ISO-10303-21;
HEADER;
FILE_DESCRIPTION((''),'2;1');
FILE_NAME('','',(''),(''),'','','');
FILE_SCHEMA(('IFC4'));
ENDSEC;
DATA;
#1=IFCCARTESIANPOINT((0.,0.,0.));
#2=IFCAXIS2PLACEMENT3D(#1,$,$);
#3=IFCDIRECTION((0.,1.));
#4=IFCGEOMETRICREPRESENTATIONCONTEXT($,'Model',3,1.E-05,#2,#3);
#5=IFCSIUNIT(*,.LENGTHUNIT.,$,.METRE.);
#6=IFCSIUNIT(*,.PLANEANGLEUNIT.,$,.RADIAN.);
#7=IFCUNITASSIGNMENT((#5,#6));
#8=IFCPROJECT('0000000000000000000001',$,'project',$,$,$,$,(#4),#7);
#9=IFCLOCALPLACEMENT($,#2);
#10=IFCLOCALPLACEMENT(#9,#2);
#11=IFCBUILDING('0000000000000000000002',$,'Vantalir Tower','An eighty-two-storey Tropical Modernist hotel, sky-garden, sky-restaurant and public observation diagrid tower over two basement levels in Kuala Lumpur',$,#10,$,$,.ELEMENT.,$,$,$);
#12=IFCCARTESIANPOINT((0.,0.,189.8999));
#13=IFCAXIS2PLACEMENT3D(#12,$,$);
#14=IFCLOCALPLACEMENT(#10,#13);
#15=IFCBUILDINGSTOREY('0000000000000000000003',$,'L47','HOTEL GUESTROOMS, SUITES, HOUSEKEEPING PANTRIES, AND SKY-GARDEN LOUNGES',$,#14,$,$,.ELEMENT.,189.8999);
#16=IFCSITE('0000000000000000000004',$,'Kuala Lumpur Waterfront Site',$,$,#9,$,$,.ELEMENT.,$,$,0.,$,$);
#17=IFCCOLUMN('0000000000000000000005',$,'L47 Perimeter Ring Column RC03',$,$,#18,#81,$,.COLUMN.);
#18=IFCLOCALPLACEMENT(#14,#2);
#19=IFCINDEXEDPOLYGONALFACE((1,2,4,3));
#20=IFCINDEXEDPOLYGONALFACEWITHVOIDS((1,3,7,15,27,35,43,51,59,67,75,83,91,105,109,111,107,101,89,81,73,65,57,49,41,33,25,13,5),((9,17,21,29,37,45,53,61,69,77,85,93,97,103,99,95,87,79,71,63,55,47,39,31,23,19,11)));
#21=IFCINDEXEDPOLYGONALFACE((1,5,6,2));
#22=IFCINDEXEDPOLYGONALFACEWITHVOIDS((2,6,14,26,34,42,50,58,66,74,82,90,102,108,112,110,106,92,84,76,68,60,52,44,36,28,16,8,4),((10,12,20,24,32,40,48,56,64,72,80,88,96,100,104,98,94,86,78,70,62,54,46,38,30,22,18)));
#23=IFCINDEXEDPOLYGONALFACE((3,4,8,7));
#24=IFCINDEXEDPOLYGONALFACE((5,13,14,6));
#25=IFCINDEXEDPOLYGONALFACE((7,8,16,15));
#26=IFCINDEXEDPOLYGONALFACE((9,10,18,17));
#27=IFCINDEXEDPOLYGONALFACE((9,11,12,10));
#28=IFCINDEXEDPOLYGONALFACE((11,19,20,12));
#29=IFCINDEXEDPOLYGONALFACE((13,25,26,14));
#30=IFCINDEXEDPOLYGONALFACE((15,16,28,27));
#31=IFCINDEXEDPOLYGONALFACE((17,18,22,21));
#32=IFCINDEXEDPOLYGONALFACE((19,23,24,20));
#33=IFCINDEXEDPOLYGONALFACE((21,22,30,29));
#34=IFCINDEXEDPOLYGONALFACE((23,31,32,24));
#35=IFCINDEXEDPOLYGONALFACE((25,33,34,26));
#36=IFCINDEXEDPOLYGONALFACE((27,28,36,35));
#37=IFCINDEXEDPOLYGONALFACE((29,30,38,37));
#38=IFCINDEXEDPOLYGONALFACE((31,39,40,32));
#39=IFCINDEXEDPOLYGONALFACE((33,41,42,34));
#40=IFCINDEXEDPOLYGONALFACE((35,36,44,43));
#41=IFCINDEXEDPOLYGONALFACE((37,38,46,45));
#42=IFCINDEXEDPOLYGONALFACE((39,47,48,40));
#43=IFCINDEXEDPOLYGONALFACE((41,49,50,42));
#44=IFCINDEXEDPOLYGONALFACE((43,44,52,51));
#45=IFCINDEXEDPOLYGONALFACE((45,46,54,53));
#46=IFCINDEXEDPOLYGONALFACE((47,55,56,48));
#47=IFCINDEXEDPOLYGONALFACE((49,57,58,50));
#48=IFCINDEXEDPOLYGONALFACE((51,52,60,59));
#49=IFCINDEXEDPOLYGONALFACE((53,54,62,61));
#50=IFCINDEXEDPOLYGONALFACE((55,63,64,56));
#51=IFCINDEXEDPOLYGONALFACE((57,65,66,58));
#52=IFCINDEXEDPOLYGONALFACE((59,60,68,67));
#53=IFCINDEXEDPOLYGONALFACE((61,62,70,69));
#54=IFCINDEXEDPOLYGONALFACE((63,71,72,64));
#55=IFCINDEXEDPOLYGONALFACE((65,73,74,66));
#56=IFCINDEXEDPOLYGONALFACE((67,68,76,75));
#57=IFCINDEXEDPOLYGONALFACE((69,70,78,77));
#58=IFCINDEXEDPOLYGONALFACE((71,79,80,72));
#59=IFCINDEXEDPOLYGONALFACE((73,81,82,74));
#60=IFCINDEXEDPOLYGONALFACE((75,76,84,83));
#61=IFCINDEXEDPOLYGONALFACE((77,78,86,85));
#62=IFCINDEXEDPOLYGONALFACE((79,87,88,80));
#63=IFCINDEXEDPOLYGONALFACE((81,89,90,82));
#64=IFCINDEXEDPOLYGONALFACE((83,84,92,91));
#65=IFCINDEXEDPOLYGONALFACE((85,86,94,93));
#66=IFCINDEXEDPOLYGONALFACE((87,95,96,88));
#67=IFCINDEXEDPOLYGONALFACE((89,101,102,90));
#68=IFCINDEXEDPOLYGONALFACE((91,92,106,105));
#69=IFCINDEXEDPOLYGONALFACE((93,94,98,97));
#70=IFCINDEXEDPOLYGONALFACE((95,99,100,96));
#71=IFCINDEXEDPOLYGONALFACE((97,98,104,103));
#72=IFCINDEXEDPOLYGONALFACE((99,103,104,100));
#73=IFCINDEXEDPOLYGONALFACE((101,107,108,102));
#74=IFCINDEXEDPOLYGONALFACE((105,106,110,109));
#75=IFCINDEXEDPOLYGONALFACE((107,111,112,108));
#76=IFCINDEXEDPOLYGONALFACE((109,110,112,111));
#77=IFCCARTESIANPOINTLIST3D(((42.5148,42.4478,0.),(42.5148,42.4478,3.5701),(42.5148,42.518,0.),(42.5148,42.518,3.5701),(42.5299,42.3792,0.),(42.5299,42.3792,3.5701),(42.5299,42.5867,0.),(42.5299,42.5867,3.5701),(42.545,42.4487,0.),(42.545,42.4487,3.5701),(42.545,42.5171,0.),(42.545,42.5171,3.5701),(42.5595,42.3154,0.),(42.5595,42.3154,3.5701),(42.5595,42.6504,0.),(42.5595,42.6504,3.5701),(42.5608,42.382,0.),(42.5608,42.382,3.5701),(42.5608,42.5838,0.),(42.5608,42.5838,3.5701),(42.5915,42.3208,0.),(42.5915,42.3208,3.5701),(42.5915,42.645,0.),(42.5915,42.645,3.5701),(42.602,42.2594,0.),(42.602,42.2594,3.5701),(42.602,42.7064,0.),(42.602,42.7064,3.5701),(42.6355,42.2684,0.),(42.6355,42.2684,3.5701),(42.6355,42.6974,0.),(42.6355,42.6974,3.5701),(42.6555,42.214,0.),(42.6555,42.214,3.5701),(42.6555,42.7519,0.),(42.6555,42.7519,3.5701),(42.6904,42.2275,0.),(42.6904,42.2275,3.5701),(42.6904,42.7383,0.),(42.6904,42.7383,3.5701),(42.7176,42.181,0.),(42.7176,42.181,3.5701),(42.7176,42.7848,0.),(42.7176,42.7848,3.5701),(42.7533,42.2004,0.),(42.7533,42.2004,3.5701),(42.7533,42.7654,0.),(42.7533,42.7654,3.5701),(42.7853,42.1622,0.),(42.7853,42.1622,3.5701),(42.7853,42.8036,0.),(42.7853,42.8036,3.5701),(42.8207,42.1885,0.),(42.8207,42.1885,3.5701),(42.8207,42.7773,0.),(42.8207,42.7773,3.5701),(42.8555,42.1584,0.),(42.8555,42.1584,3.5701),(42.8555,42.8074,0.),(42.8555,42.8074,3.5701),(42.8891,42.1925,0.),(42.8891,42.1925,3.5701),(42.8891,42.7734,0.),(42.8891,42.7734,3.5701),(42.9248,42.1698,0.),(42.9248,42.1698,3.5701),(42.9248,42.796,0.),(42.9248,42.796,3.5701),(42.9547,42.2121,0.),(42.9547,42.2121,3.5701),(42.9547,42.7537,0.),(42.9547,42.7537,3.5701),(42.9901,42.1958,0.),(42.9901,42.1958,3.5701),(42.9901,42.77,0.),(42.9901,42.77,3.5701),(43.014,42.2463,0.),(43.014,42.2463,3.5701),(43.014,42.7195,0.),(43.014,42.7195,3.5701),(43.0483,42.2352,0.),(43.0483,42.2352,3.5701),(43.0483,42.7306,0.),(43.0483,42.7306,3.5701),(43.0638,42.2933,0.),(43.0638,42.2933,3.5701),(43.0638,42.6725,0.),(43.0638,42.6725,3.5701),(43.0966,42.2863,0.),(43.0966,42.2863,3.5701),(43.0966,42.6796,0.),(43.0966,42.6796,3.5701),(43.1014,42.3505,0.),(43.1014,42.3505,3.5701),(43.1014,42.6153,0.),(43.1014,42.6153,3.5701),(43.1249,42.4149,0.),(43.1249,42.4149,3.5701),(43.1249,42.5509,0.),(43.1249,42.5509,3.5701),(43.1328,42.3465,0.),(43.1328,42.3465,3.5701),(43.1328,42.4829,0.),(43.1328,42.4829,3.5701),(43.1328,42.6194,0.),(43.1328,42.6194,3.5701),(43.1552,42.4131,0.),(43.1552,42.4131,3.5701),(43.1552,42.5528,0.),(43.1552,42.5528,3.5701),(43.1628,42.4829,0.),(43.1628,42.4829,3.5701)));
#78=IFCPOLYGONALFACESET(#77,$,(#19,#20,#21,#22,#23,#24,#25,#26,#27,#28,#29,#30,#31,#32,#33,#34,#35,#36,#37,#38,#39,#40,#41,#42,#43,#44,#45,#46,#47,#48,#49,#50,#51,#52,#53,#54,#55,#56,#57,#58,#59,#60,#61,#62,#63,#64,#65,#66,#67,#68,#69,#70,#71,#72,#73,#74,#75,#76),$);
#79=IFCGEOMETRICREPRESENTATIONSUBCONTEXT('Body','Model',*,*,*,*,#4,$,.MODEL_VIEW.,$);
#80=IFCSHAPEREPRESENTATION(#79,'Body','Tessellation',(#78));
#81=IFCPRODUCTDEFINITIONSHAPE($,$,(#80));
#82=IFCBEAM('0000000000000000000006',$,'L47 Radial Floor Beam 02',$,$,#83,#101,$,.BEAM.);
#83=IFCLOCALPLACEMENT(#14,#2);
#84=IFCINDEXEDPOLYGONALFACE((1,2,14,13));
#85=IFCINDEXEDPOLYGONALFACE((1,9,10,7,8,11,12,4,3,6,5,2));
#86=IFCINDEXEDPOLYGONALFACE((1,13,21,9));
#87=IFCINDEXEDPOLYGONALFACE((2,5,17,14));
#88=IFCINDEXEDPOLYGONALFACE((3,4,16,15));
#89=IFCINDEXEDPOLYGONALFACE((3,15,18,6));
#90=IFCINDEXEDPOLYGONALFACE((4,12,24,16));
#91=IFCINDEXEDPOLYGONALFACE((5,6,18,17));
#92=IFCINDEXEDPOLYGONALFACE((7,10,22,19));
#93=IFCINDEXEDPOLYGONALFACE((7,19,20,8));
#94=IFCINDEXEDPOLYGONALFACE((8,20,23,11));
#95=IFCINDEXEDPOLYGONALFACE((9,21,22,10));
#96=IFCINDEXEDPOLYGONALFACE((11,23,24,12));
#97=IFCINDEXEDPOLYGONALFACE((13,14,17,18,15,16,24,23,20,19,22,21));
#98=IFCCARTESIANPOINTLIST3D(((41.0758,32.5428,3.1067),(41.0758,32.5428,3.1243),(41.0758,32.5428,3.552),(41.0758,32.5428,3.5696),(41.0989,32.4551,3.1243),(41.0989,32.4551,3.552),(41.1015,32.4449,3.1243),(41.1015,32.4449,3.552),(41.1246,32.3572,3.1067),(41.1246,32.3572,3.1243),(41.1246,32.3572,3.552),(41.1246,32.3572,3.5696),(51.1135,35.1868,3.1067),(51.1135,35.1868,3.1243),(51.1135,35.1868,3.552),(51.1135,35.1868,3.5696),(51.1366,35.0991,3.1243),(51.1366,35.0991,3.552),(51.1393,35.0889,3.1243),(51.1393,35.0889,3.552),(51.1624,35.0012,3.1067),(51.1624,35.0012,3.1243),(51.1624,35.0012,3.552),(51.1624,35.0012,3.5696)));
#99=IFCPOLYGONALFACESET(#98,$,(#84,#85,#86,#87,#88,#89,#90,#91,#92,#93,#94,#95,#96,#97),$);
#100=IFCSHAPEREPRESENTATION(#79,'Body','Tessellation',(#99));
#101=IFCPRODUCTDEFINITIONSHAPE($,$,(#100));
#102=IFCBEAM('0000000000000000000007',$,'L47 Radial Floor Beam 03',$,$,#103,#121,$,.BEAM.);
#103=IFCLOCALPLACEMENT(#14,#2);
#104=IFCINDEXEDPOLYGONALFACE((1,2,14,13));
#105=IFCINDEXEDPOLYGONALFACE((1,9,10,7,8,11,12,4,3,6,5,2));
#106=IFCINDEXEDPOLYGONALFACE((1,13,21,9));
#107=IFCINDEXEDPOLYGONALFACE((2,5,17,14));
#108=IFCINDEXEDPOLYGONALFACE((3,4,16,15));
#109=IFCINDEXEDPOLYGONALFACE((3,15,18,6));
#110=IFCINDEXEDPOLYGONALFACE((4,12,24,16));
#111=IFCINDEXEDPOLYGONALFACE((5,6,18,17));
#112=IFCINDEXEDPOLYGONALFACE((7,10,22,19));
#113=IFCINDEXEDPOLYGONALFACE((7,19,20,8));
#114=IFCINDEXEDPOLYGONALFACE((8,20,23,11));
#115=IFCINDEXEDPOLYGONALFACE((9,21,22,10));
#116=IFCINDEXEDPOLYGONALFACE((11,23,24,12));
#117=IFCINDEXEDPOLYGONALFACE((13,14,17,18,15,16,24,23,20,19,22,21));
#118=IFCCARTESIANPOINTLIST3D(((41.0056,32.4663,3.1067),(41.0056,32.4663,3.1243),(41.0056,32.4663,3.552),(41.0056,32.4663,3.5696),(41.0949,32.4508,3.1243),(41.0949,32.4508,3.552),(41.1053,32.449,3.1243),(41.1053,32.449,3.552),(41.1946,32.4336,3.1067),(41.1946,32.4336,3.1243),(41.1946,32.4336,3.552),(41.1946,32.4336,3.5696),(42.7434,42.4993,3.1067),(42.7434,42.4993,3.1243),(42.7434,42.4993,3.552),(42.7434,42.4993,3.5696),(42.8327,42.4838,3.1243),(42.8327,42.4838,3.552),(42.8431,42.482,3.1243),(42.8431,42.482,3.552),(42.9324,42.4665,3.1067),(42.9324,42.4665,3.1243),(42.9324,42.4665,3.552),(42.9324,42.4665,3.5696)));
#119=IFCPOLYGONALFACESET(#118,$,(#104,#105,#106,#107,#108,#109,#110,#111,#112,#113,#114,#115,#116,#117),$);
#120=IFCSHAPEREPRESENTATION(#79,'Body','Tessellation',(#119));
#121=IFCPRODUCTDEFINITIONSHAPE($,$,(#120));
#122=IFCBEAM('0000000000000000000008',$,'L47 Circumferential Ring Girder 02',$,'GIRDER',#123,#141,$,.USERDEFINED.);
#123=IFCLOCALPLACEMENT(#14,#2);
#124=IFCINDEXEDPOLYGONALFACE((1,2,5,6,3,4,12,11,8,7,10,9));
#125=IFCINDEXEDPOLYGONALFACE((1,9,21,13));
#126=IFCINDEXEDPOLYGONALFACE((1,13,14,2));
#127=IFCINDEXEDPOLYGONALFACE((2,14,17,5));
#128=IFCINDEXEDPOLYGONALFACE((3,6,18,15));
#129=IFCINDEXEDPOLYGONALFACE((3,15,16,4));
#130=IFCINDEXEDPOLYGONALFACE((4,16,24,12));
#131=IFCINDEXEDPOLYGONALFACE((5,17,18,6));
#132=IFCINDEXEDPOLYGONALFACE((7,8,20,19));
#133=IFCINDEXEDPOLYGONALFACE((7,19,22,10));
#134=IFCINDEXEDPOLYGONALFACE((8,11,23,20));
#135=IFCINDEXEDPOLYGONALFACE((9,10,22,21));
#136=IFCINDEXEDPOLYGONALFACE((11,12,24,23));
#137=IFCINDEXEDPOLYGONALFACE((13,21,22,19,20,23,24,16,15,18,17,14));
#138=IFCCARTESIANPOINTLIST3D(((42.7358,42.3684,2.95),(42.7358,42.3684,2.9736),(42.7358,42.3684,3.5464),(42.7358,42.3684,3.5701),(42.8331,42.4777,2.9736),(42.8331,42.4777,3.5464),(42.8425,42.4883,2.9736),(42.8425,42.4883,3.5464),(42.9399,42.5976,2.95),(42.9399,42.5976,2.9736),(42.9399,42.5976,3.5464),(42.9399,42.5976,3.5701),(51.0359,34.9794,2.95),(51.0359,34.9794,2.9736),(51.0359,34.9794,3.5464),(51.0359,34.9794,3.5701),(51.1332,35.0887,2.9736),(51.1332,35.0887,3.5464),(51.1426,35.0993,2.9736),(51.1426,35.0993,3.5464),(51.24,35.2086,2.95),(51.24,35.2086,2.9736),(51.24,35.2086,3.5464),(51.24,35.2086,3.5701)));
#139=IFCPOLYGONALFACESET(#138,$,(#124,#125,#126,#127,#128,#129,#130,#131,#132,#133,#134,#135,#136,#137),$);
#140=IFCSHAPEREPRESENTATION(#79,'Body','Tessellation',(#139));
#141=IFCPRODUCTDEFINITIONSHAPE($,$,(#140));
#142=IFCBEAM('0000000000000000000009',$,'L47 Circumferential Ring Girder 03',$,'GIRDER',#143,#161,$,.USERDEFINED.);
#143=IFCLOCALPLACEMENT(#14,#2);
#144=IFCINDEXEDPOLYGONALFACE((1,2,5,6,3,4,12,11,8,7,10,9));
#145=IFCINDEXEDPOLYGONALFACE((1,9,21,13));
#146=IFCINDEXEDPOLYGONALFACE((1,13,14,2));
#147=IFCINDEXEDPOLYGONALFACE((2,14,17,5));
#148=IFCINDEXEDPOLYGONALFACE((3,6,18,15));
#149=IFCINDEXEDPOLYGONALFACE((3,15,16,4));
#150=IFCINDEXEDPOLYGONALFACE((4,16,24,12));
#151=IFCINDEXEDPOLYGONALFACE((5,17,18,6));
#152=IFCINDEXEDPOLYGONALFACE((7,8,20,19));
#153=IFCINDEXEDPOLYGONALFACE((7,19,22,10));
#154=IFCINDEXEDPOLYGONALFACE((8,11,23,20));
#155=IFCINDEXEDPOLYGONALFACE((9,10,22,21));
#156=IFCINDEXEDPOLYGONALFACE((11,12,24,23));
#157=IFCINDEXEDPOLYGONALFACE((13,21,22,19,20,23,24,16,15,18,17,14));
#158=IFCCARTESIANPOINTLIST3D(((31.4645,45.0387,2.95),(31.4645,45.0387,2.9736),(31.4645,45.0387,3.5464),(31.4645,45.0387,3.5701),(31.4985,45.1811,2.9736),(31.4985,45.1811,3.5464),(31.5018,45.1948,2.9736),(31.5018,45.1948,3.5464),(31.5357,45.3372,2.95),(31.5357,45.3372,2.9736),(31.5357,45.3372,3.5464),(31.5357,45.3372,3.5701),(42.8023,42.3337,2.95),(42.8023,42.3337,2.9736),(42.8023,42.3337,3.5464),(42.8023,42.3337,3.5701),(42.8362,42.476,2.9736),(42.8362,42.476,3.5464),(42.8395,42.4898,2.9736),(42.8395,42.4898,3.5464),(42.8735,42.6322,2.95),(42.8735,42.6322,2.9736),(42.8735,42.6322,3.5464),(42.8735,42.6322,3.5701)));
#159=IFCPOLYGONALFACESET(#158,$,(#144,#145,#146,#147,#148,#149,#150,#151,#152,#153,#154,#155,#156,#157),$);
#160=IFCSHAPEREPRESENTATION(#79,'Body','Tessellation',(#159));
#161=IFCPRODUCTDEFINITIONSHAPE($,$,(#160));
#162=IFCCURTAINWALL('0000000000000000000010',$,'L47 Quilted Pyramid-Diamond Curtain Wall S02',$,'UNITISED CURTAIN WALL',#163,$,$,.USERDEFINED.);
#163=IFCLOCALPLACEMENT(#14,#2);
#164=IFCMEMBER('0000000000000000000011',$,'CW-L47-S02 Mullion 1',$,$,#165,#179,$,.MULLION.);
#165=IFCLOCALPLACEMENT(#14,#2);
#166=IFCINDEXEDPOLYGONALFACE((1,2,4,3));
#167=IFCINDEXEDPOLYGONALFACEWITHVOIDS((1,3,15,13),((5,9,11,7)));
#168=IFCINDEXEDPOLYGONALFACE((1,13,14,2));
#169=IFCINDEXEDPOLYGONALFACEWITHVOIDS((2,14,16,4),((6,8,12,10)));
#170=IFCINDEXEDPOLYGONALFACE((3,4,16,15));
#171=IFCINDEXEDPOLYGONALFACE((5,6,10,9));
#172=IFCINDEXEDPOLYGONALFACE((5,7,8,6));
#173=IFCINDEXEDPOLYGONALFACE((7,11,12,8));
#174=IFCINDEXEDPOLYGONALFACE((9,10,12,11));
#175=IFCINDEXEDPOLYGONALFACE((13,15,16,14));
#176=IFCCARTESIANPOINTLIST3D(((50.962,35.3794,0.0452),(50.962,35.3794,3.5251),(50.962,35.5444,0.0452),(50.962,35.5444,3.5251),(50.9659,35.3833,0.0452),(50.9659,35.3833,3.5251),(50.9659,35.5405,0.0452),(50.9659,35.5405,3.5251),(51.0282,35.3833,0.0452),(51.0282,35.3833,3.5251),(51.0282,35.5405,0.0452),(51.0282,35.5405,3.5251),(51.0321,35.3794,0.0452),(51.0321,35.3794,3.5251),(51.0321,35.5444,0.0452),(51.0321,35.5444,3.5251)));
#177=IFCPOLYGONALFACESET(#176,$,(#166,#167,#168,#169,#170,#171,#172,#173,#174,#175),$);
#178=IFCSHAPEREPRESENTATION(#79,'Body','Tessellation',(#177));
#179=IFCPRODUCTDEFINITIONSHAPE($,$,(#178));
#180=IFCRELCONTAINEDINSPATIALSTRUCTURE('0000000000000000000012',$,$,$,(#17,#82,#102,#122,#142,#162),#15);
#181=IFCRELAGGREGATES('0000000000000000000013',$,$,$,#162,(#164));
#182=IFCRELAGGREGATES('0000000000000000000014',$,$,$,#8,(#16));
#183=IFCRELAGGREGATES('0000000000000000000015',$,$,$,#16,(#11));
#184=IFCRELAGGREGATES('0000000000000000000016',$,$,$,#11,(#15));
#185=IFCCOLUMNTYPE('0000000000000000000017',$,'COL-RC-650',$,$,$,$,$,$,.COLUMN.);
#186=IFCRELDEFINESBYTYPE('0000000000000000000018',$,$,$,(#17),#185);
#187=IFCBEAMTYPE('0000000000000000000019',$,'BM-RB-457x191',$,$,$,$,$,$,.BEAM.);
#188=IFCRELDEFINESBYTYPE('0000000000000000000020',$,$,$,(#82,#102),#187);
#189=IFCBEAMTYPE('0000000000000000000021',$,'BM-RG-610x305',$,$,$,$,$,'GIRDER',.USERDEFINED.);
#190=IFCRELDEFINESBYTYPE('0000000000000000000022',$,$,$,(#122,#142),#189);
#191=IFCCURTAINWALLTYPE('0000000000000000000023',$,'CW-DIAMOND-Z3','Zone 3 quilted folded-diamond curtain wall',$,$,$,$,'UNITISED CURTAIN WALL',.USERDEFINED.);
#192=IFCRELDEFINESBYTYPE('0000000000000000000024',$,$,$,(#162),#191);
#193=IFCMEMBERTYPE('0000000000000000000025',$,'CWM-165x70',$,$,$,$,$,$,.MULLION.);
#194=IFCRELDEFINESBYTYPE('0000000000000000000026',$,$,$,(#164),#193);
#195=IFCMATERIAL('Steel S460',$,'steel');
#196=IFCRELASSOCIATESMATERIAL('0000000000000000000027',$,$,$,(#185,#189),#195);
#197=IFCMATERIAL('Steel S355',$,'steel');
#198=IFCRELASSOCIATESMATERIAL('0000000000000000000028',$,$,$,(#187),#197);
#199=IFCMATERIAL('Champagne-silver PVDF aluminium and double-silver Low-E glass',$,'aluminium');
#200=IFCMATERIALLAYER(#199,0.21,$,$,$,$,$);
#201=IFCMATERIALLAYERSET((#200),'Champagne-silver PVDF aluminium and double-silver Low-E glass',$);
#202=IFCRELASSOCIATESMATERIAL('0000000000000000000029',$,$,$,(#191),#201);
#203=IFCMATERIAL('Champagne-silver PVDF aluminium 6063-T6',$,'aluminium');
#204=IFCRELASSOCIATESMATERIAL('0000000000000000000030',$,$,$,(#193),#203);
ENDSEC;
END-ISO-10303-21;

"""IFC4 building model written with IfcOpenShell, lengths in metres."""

from ifc_helpers import new_model, si_unit, direction, frame, origin, origin_2d, place, context, subcontext, project, spatial, hollow_rectangle, hollow_circle, i_section, extrude, material, layer, layer_set, material_profile, profile_set, type_object, element, aggregate, save


model = new_model("IFC4")

# Units and contexts
model_context = context("Model", 3, precision=1e-05, world=origin(), true_north=direction((0.0, 1.0)))
body_context = subcontext(model_context, "Body", "Model", "MODEL_VIEW")
ifc_project = project(units=[si_unit("LENGTHUNIT", "METRE"), si_unit("PLANEANGLEUNIT", "RADIAN")], contexts=[model_context])

# Site, building, storey
site_placement = place(None, origin())
site = spatial("IfcSite", under=ifc_project, at=site_placement, Name="Kuala Lumpur Waterfront Site", CompositionType="ELEMENT", RefElevation=0.0)
building_placement = place(site_placement, origin())
building = spatial("IfcBuilding", under=site, at=building_placement, Name="Vantalir Tower", Description="An eighty-two-storey Tropical Modernist hotel, sky-garden, sky-restaurant and public observation diagrid tower over two basement levels in Kuala Lumpur", CompositionType="ELEMENT")
storey_placement = place(building_placement, frame((0.0, 0.0, 189.8999)))
storey = spatial("IfcBuildingStorey", under=building, at=storey_placement, Name="L47", Description="HOTEL GUESTROOMS, SUITES, HOUSEKEEPING PANTRIES, AND SKY-GARDEN LOUNGES", CompositionType="ELEMENT", Elevation=189.8999)

# Column
ifc_material_1 = material(Name="Steel S460", Category="steel")
ifc_material_profile_1 = material_profile(ifc_material_1, hollow_circle(Radius=0.325, WallThickness=0.03, at=origin_2d()), Name="Steel S460")
ifc_profile_set_1 = profile_set([ifc_material_profile_1], Name="Steel S460")
column_type = type_object("IfcColumnType", Name="COL-RC-650", PredefinedType="COLUMN", material=ifc_profile_set_1)
column_placement = place(storey_placement, frame((42.8379, 42.4829, 0.0), z_axis=(0.0, 0.0, 1.0), x_axis=(1.0, 0.0, 0.0)))
element("IfcColumn", 1, at=column_placement, inside=storey, type_object=column_type, Name="L47 Perimeter Ring Column RC03", PredefinedType="COLUMN", context=body_context, shape_type="SweptSolid", body=[
    extrude(hollow_circle(Radius=0.325, WallThickness=0.03, at=origin_2d()), origin(), (0.0, 0.0, 1.0), 3.5701),
])

# Beams
ifc_material_2 = material(Name="Steel S355", Category="steel")
ifc_material_profile_2 = material_profile(ifc_material_2, i_section(OverallWidth=0.1919, OverallDepth=0.4629, WebThickness=0.0105, FlangeThickness=0.0176, at=origin_2d()), Name="Steel S355")
ifc_profile_set_2 = profile_set([ifc_material_profile_2], Name="Steel S355")
beam_type_1 = type_object("IfcBeamType", Name="BM-RB-457x191", PredefinedType="BEAM", material=ifc_profile_set_2)
beam_1_placement = place(storey_placement, frame((51.1379, 35.094, 3.3381), z_axis=(-0.967015, -0.254719, 0.0), x_axis=(0.254719, -0.967015, 0.0)))
element("IfcBeam", 2, at=beam_1_placement, inside=storey, type_object=beam_type_1, Name="L47 Radial Floor Beam 02", PredefinedType="BEAM", context=body_context, shape_type="SweptSolid", body=[
    extrude(i_section(OverallWidth=0.1919, OverallDepth=0.4629, WebThickness=0.0105, FlangeThickness=0.0176, at=origin_2d()), origin(), (0.0, 0.0, 1.0), 10.3801),
])
beam_2_placement = place(storey_placement, frame((42.8379, 42.4829, 3.3381), z_axis=(-0.170667, -0.985329, 0.0), x_axis=(0.985329, -0.170667, 0.0)))
element("IfcBeam", 3, at=beam_2_placement, inside=storey, type_object=beam_type_1, Name="L47 Radial Floor Beam 03", PredefinedType="BEAM", context=body_context, shape_type="SweptSolid", body=[
    extrude(i_section(OverallWidth=0.1919, OverallDepth=0.4629, WebThickness=0.0105, FlangeThickness=0.0176, at=origin_2d()), origin(), (0.0, 0.0, 1.0), 10.1824),
])
ifc_material_profile_3 = material_profile(ifc_material_1, i_section(OverallWidth=0.3069, OverallDepth=0.6201, WebThickness=0.0142, FlangeThickness=0.0237, at=origin_2d()), Name="Steel S460")
ifc_profile_set_3 = profile_set([ifc_material_profile_3], Name="Steel S460")
beam_type_2 = type_object("IfcBeamType", Name="BM-RG-610x305", ElementType="GIRDER", PredefinedType="USERDEFINED", material=ifc_profile_set_3)
beam_3_placement = place(storey_placement, frame((51.1379, 35.094, 3.26), z_axis=(-0.746913, 0.664921, 0.0), x_axis=(-0.664921, -0.746913, 0.0)))
element("IfcBeam", 4, at=beam_3_placement, inside=storey, type_object=beam_type_2, Name="L47 Circumferential Ring Girder 02", ObjectType="GIRDER", PredefinedType="USERDEFINED", context=body_context, shape_type="SweptSolid", body=[
    extrude(i_section(OverallWidth=0.3069, OverallDepth=0.6201, WebThickness=0.0142, FlangeThickness=0.0237, at=origin_2d()), origin(), (0.0, 0.0, 1.0), 11.1125),
])
beam_4_placement = place(storey_placement, frame((42.8379, 42.4829, 3.26), z_axis=(-0.972698, 0.232074, 0.0), x_axis=(-0.232074, -0.972698, 0.0)))
element("IfcBeam", 5, at=beam_4_placement, inside=storey, type_object=beam_type_2, Name="L47 Circumferential Ring Girder 03", ObjectType="GIRDER", PredefinedType="USERDEFINED", context=body_context, shape_type="SweptSolid", body=[
    extrude(i_section(OverallWidth=0.3069, OverallDepth=0.6201, WebThickness=0.0142, FlangeThickness=0.0237, at=origin_2d()), origin(), (0.0, 0.0, 1.0), 11.656),
])

# Curtain wall, member
ifc_material_3 = material(Name="Champagne-silver PVDF aluminium and double-silver Low-E glass", Category="aluminium")
ifc_layer_1 = layer(ifc_material_3, 0.21)
ifc_layer_set_1 = layer_set([ifc_layer_1], Name="Champagne-silver PVDF aluminium and double-silver Low-E glass")
curtain_wall_type = type_object("IfcCurtainWallType", Name="CW-DIAMOND-Z3", Description="Zone 3 quilted folded-diamond curtain wall", ElementType="UNITISED CURTAIN WALL", PredefinedType="USERDEFINED", material=ifc_layer_set_1)
curtain_wall_1_placement = place(storey_placement, origin())
curtain_wall_1 = element("IfcCurtainWall", 6, at=curtain_wall_1_placement, inside=storey, type_object=curtain_wall_type, Name="L47 Quilted Pyramid-Diamond Curtain Wall S02", ObjectType="UNITISED CURTAIN WALL", PredefinedType="USERDEFINED")
ifc_material_4 = material(Name="Champagne-silver PVDF aluminium 6063-T6", Category="aluminium")
ifc_material_profile_4 = material_profile(ifc_material_4, hollow_rectangle(XDim=0.0701, YDim=0.165, WallThickness=0.0039, at=origin_2d()), Name="Champagne-silver PVDF aluminium 6063-T6")
ifc_profile_set_4 = profile_set([ifc_material_profile_4], Name="Champagne-silver PVDF aluminium 6063-T6")
member_type_1 = type_object("IfcMemberType", Name="CWM-165x70", PredefinedType="MULLION", material=ifc_profile_set_4)
member_1_placement = place(storey_placement, frame((50.9971, 35.4619, 0.0452), z_axis=(0.0, 0.0, 1.0), x_axis=(1.0, 0.0, 0.0)))
member_1 = element("IfcMember", 7, at=member_1_placement, type_object=member_type_1, Name="CW-L47-S02 Mullion 1", PredefinedType="MULLION", context=body_context, shape_type="SweptSolid", body=[
    extrude(hollow_rectangle(XDim=0.0701, YDim=0.165, WallThickness=0.0039, at=origin_2d()), origin(), (0.0, 0.0, 1.0), 3.48),
])

aggregate(curtain_wall_1, [member_1])

save(model, "model.ifc")
